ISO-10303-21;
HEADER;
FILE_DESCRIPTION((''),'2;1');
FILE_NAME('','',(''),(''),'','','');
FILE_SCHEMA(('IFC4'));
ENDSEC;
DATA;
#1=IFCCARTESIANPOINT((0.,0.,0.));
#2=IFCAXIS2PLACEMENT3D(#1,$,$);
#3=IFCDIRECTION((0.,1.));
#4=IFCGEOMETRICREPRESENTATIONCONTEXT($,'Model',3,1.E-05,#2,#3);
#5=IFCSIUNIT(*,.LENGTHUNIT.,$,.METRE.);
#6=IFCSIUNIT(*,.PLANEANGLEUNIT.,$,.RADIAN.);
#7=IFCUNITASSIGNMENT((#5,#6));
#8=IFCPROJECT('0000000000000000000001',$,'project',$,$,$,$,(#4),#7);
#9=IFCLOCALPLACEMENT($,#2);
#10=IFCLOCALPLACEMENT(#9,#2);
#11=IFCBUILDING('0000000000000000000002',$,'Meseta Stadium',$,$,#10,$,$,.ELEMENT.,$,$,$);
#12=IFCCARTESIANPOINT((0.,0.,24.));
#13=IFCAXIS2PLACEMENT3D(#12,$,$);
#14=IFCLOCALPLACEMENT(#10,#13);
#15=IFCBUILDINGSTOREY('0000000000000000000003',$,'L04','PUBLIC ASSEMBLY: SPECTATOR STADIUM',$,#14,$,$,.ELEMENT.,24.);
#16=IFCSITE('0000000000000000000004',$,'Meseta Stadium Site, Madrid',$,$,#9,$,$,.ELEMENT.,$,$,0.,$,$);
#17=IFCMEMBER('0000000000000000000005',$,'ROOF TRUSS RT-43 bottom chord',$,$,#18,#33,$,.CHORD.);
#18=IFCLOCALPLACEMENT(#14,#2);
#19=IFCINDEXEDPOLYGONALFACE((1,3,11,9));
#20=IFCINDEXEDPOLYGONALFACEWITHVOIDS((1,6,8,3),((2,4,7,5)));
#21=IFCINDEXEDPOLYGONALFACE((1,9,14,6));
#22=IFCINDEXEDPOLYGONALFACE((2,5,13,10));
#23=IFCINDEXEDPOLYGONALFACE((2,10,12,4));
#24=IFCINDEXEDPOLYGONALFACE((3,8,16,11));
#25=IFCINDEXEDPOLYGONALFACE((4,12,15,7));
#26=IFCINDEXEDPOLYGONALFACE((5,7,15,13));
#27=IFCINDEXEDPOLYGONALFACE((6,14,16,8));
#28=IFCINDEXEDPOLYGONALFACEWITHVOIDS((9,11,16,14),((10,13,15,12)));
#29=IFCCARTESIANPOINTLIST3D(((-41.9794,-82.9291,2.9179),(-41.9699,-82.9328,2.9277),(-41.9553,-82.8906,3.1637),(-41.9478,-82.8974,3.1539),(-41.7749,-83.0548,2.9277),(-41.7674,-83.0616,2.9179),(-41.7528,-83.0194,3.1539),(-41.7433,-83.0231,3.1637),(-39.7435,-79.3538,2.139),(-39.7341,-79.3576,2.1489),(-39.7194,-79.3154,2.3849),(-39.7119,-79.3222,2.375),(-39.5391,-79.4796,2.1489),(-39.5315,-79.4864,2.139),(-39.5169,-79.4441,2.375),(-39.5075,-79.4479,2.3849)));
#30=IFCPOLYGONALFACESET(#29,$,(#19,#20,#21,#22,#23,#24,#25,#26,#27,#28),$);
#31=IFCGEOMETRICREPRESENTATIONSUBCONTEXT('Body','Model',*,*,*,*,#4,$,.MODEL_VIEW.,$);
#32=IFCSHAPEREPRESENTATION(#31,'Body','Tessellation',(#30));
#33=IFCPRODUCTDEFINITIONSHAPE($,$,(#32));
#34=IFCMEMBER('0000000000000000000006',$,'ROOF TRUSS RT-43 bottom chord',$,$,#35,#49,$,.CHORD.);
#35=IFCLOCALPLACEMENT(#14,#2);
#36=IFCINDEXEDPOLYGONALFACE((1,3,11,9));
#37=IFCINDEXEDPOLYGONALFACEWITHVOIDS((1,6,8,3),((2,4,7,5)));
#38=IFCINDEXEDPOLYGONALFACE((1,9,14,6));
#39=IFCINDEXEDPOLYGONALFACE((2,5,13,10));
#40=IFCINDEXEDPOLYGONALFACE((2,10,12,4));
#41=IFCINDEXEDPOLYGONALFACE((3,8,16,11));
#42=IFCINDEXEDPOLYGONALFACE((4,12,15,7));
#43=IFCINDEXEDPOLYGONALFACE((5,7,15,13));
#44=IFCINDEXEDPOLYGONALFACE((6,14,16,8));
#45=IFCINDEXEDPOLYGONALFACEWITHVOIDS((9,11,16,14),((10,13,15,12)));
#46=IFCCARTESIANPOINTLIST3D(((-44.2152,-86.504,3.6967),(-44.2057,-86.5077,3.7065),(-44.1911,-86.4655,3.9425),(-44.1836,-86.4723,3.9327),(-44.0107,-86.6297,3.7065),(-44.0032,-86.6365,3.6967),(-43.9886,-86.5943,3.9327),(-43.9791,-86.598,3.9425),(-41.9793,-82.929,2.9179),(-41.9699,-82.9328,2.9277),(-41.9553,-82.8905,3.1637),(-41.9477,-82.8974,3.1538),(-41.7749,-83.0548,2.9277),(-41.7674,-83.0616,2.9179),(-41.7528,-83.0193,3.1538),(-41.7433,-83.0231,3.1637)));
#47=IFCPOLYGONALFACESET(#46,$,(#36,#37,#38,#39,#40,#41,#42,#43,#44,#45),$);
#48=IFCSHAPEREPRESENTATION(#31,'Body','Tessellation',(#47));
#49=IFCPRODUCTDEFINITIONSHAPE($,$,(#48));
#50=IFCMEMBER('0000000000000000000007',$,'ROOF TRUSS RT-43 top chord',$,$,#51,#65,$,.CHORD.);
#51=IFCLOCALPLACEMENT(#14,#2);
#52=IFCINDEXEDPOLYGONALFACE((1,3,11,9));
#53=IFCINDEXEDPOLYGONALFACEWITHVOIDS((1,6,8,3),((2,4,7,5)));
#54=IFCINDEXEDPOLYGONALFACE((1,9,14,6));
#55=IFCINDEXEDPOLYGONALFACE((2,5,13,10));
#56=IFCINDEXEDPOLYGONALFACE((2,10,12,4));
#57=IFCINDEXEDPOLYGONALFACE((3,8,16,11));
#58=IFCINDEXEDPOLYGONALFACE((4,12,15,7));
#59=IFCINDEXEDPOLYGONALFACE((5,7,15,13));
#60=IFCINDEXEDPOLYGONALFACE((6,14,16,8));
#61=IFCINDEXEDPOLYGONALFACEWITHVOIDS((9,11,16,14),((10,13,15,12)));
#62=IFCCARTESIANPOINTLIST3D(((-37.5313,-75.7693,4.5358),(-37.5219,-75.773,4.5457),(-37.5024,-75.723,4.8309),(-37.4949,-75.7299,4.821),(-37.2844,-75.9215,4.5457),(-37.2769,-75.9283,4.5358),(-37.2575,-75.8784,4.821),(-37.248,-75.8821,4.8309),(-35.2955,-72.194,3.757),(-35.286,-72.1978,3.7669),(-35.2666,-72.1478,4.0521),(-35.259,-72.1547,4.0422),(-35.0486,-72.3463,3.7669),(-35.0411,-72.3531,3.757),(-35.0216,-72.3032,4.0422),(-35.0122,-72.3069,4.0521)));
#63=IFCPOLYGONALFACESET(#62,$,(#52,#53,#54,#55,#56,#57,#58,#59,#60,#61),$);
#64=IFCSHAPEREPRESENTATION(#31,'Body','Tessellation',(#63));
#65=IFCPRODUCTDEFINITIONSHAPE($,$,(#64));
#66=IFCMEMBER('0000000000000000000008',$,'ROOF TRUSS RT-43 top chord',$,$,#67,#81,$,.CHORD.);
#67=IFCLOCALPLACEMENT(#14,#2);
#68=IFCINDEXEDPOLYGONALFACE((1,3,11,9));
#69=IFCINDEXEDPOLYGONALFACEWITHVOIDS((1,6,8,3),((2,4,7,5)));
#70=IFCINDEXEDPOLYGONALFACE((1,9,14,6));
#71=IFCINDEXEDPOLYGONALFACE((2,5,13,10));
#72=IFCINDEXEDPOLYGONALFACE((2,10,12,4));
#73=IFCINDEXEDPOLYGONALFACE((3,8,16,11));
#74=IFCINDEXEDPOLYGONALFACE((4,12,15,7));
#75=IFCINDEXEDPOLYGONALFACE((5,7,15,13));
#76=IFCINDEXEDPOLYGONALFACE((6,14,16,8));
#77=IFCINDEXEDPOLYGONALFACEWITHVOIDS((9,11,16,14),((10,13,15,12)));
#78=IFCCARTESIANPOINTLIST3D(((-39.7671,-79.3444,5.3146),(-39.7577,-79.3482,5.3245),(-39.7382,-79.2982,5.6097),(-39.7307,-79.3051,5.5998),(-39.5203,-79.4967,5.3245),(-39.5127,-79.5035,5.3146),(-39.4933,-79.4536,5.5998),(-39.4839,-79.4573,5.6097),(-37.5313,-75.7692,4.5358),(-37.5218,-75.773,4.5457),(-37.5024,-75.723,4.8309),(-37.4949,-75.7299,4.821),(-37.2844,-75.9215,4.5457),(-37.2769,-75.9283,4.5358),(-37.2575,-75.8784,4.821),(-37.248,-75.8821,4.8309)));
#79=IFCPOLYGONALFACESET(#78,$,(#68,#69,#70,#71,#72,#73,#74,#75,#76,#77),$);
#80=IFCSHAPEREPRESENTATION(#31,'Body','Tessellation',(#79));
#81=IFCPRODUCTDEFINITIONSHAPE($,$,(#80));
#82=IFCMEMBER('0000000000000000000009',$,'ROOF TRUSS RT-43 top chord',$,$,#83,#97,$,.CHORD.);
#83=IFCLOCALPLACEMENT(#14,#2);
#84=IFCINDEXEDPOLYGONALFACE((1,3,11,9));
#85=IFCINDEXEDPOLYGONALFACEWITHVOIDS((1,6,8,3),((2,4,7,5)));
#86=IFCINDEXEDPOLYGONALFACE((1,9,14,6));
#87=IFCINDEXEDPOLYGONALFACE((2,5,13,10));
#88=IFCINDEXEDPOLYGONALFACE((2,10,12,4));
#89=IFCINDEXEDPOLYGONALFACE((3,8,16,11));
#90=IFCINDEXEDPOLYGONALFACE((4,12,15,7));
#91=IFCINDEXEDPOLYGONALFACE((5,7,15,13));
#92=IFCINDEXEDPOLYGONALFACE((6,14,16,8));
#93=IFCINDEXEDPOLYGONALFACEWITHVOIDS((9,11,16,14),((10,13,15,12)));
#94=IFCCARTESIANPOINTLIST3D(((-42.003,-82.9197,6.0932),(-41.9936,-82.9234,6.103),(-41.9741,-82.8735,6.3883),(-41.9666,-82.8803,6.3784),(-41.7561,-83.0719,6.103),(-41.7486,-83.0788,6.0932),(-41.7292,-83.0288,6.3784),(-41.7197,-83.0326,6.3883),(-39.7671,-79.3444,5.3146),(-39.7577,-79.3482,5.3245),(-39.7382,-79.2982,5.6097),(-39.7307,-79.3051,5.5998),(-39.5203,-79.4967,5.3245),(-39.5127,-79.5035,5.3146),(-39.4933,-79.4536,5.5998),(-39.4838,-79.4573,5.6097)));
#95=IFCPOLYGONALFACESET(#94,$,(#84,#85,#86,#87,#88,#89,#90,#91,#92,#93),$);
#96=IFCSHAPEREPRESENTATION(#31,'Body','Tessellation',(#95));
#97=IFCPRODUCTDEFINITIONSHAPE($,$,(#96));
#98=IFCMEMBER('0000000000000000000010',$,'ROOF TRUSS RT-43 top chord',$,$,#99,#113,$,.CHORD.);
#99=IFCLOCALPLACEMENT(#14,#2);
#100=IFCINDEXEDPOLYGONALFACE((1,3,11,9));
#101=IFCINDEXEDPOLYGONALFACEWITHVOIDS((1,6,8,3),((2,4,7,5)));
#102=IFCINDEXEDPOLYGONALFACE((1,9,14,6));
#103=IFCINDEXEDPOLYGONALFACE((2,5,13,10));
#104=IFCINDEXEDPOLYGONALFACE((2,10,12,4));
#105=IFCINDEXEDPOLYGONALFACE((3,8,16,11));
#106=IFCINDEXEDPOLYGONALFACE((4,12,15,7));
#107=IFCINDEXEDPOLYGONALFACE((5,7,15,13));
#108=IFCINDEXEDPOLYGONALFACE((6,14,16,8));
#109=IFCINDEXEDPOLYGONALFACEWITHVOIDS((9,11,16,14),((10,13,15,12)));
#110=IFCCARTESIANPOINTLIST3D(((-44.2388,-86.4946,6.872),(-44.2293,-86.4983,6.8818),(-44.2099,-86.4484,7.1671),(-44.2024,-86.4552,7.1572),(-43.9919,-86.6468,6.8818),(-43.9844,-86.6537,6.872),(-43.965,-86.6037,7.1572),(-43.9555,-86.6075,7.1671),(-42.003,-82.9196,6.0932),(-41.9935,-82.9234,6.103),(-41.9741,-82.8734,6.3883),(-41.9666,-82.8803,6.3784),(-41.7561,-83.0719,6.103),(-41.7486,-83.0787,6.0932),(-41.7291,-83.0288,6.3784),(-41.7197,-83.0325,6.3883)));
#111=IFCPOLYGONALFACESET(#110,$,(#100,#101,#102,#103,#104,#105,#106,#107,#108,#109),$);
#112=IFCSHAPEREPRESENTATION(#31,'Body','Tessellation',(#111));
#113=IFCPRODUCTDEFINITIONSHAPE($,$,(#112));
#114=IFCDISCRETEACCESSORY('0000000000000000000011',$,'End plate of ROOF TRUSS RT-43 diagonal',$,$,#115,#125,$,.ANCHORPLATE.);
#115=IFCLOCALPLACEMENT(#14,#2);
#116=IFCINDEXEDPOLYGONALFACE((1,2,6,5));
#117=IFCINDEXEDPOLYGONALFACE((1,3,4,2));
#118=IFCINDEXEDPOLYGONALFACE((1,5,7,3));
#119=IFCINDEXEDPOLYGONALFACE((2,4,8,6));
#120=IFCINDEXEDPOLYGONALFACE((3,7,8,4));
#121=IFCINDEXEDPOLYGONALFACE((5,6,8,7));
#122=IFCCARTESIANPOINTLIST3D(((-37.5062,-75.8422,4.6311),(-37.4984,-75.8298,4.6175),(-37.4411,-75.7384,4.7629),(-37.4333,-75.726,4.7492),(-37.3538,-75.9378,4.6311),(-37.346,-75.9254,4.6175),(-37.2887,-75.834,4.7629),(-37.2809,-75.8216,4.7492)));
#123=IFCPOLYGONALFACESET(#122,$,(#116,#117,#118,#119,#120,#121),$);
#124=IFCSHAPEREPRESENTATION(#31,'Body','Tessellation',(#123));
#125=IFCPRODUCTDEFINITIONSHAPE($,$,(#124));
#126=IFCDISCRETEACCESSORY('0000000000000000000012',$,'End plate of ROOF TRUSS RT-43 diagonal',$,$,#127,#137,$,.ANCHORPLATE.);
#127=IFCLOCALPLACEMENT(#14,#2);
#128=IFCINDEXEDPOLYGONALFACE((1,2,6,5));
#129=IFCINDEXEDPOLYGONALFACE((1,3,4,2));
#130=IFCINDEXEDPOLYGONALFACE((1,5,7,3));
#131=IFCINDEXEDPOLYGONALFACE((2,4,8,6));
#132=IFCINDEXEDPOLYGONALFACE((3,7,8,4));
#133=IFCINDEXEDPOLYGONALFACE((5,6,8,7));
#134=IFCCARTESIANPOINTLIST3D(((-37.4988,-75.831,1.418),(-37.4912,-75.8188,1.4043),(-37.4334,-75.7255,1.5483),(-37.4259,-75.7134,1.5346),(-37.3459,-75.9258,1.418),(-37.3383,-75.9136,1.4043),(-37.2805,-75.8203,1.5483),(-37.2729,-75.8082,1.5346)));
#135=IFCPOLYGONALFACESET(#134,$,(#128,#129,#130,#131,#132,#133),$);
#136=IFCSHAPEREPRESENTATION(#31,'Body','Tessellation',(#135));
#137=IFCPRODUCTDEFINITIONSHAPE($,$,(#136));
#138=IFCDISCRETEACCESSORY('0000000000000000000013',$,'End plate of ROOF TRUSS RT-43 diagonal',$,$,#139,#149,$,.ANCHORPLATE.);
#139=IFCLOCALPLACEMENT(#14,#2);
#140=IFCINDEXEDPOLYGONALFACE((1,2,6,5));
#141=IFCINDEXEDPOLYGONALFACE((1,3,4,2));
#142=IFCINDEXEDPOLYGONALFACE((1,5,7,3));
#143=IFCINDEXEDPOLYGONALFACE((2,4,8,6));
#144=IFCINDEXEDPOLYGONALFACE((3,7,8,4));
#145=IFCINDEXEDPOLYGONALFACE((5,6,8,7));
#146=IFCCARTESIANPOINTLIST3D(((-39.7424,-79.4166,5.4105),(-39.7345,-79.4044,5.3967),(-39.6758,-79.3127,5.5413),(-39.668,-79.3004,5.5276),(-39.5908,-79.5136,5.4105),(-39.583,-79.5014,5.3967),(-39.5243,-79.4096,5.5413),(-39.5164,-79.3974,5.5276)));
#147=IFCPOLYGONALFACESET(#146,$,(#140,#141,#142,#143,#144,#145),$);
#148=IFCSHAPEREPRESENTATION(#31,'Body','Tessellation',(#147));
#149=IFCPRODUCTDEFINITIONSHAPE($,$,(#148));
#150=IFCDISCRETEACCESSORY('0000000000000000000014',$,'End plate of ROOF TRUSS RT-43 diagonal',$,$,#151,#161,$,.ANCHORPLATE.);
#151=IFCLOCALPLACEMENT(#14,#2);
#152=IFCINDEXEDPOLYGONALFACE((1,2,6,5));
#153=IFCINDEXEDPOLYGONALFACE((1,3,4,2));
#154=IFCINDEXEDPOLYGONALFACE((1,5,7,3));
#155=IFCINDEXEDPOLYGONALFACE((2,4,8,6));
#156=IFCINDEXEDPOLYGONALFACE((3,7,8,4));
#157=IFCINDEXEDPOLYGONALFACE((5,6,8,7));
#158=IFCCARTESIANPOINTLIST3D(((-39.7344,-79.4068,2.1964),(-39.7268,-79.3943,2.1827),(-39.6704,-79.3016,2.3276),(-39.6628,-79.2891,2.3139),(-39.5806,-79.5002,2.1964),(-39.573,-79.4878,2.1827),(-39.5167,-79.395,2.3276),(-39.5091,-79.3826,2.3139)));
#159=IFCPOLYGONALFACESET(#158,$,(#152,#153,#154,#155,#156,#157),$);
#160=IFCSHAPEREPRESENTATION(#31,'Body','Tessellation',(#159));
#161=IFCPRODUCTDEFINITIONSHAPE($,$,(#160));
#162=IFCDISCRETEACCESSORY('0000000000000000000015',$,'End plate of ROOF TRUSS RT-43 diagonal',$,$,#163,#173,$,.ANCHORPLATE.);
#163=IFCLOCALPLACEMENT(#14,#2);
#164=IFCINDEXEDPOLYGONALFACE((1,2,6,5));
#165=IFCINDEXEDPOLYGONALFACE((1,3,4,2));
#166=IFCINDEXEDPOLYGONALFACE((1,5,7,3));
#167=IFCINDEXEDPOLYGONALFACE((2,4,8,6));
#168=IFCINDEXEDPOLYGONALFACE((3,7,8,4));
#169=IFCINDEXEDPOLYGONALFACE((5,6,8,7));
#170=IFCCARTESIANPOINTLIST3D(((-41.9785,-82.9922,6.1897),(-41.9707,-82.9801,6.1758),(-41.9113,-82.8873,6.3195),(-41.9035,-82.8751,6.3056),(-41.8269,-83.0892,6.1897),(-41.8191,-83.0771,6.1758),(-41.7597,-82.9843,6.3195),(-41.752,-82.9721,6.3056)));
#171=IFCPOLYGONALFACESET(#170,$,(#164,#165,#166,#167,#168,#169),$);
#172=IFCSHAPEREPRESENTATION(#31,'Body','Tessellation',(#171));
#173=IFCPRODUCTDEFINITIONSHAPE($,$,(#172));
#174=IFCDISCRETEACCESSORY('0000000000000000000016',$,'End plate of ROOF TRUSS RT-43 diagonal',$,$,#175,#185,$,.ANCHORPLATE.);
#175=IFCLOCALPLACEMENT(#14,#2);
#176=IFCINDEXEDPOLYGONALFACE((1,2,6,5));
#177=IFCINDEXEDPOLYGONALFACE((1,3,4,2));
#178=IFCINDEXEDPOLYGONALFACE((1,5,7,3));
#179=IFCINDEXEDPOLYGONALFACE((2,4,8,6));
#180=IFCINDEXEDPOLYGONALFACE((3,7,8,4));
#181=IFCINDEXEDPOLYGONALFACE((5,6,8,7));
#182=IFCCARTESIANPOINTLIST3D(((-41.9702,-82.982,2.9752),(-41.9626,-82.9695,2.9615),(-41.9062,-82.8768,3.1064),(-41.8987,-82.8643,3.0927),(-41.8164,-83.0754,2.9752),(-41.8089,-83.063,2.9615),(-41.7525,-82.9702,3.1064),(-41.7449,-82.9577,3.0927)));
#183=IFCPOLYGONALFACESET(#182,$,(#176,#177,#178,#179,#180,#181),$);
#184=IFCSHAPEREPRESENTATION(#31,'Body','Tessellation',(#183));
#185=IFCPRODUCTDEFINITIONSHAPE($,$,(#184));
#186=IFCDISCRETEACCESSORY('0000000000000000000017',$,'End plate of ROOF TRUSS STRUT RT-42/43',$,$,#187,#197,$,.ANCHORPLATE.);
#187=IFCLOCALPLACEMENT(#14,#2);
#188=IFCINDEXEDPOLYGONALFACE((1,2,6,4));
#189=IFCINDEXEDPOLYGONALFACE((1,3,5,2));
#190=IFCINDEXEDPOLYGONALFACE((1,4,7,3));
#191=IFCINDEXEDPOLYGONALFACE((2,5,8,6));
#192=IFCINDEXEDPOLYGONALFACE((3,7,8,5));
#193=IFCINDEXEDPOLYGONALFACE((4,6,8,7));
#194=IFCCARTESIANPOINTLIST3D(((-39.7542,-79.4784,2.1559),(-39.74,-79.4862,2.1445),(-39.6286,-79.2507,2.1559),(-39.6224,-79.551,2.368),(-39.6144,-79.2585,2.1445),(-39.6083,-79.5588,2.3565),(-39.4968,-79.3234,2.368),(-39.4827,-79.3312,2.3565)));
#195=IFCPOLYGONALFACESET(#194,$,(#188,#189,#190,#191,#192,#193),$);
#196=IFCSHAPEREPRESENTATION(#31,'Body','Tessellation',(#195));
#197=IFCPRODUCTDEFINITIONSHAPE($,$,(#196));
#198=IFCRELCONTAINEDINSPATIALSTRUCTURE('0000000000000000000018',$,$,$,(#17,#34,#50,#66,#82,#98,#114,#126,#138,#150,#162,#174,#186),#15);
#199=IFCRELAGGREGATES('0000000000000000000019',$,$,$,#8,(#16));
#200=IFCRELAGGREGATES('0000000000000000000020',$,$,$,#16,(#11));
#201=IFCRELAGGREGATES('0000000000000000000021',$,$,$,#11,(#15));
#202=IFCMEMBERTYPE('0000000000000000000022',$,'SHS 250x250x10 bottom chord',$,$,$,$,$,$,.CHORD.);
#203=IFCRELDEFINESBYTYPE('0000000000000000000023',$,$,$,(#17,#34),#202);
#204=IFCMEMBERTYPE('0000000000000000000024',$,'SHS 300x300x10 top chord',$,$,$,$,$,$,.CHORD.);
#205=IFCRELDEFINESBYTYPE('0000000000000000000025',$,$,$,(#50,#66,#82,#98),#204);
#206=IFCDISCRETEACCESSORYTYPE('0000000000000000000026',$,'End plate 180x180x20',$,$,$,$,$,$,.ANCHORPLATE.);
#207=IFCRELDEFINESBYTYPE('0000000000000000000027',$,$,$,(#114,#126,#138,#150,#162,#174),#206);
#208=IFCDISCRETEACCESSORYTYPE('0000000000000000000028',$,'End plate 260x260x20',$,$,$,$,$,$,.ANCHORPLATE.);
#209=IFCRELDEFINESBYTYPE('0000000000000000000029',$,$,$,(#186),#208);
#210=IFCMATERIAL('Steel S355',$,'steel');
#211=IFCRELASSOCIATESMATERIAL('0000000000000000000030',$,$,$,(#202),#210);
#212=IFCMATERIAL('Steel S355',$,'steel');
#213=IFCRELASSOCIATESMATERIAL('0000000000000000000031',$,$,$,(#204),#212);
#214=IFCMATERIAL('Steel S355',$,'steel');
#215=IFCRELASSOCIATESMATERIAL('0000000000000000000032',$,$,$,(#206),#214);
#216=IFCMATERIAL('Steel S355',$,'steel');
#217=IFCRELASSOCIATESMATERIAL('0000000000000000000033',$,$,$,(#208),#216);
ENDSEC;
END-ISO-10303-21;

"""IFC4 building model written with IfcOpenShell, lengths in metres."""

from ifc_helpers import new_model, si_unit, direction, frame, origin, origin_2d, place, context, subcontext, project, spatial, rectangle, hollow_rectangle, extrude, material, material_profile, profile_set, type_object, element, save


model = new_model("IFC4")

# Units and contexts
model_context = context("Model", 3, precision=1e-05, world=origin(), true_north=direction((0.0, 1.0)))
body_context = subcontext(model_context, "Body", "Model", "MODEL_VIEW")
ifc_project = project(units=[si_unit("LENGTHUNIT", "METRE"), si_unit("PLANEANGLEUNIT", "RADIAN")], contexts=[model_context])

# Site, building, storey
site_placement = place(None, origin())
site = spatial("IfcSite", under=ifc_project, at=site_placement, Name="Meseta Stadium Site, Madrid", CompositionType="ELEMENT", RefElevation=0.0)
building_placement = place(site_placement, origin())
building = spatial("IfcBuilding", under=site, at=building_placement, Name="Meseta Stadium", CompositionType="ELEMENT")
storey_placement = place(building_placement, frame((0.0, 0.0, 24.0)))
storey = spatial("IfcBuildingStorey", under=building, at=storey_placement, Name="L04", Description="PUBLIC ASSEMBLY: SPECTATOR STADIUM", CompositionType="ELEMENT", Elevation=24.0)

# Members
ifc_material_1 = material(Name="Steel S355", Category="steel")
ifc_material_profile_1 = material_profile(ifc_material_1, hollow_rectangle(XDim=0.25, YDim=0.25, WallThickness=0.01, at=origin_2d()), Name="SHS 250x250x10")
ifc_profile_set_1 = profile_set([ifc_material_profile_1], Name="Steel S355")
member_type_1 = type_object("IfcMemberType", Name="SHS 250x250x10 bottom chord", PredefinedType="CHORD", material=ifc_profile_set_1)
for number, where, z_axis, x_axis, name in (
    (1, (-39.6255, -79.4009, 2.262), (-0.521409, -0.833754, 0.181622), (0.847855, -0.530228, 0.0), "ROOF TRUSS RT-43 bottom chord"),
):
    element("IfcMember", number, at=place(storey_placement, frame(where, z_axis=z_axis, x_axis=x_axis)), inside=storey, type_object=member_type_1, Name=name, PredefinedType="CHORD", context=body_context, shape_type="SweptSolid", body=[
        extrude(hollow_rectangle(XDim=0.25, YDim=0.25, WallThickness=0.01, at=origin_2d()), origin(), (0.0, 0.0, 1.0), 4.2881),
    ])
member_1_placement = place(storey_placement, frame((-41.8613, -82.9761, 3.0408), z_axis=(-0.521434, -0.833737, 0.181631), x_axis=(0.847839, -0.530254, 0.0)))
element("IfcMember", 2, at=member_1_placement, inside=storey, type_object=member_type_1, Name="ROOF TRUSS RT-43 bottom chord", PredefinedType="CHORD", context=body_context, shape_type="SweptSolid", body=[
    extrude(hollow_rectangle(XDim=0.25, YDim=0.25, WallThickness=0.01, at=origin_2d()), origin(), (0.0, 0.0, 1.0), 4.2878),
])
ifc_material_2 = material(Name="Steel S355", Category="steel")
ifc_material_profile_2 = material_profile(ifc_material_2, hollow_rectangle(XDim=0.3, YDim=0.3, WallThickness=0.01, at=origin_2d()), Name="SHS 300x300x10")
ifc_profile_set_2 = profile_set([ifc_material_profile_2], Name="Steel S355")
member_type_2 = type_object("IfcMemberType", Name="SHS 300x300x10 top chord", PredefinedType="CHORD", material=ifc_profile_set_2)
for number, where, z_axis, x_axis, name in (
    (3, (-35.1538, -72.2505, 3.9045), (-0.521409, -0.833754, 0.181622), (0.847855, -0.530228, 0.0), "ROOF TRUSS RT-43 top chord"),
    (4, (-37.3896, -75.8257, 4.6833), (-0.521409, -0.833754, 0.181622), (0.847855, -0.530228, 0.0), "ROOF TRUSS RT-43 top chord"),
    (5, (-39.6255, -79.4009, 5.4622), (-0.521415, -0.833763, 0.181567), (0.847855, -0.530228, 0.0), "ROOF TRUSS RT-43 top chord"),
):
    element("IfcMember", number, at=place(storey_placement, frame(where, z_axis=z_axis, x_axis=x_axis)), inside=storey, type_object=member_type_2, Name=name, PredefinedType="CHORD", context=body_context, shape_type="SweptSolid", body=[
        extrude(hollow_rectangle(XDim=0.3, YDim=0.3, WallThickness=0.01, at=origin_2d()), origin(), (0.0, 0.0, 1.0), 4.2881),
    ])
member_2_placement = place(storey_placement, frame((-41.8613, -82.9761, 6.2407), z_axis=(-0.521434, -0.833737, 0.181631), x_axis=(0.847839, -0.530254, 0.0)))
element("IfcMember", 6, at=member_2_placement, inside=storey, type_object=member_type_2, Name="ROOF TRUSS RT-43 top chord", PredefinedType="CHORD", context=body_context, shape_type="SweptSolid", body=[
    extrude(hollow_rectangle(XDim=0.3, YDim=0.3, WallThickness=0.01, at=origin_2d()), origin(), (0.0, 0.0, 1.0), 4.2878),
])

# Discrete accessories
ifc_material_3 = material(Name="Steel S355", Category="steel")
ifc_material_profile_3 = material_profile(ifc_material_3, rectangle(XDim=0.1799, YDim=0.1799, at=origin_2d()), Name="PL 180x180")
ifc_profile_set_3 = profile_set([ifc_material_profile_3], Name="Steel S355")
discrete_accessory_type_1 = type_object("IfcDiscreteAccessoryType", Name="End plate 180x180x20", PredefinedType="ANCHORPLATE", material=ifc_profile_set_3)
discrete_accessory_1_placement = place(storey_placement, frame((-37.3896, -75.8257, 4.6833), z_axis=(-0.389175, -0.620247, 0.681056), x_axis=(0.847064, -0.531491, 0.0)))
element("IfcDiscreteAccessory", 7, at=discrete_accessory_1_placement, inside=storey, type_object=discrete_accessory_type_1, Name="End plate of ROOF TRUSS RT-43 diagonal", PredefinedType="ANCHORPLATE", context=body_context, shape_type="SweptSolid", body=[
    extrude(rectangle(XDim=0.1799, YDim=0.1799, at=origin_2d()), origin(), (0.0, 0.0, 1.0), 0.02),
])
discrete_accessory_2_placement = place(storey_placement, frame((-37.3821, -75.8135, 1.4695), z_axis=(-0.38167, -0.615597, 0.689469), x_axis=(0.849903, -0.52694, 0.0)))
element("IfcDiscreteAccessory", 8, at=discrete_accessory_2_placement, inside=storey, type_object=discrete_accessory_type_1, Name="End plate of ROOF TRUSS RT-43 diagonal", PredefinedType="ANCHORPLATE", context=body_context, shape_type="SweptSolid", body=[
    extrude(rectangle(XDim=0.1799, YDim=0.1799, at=origin_2d()), origin(), (0.0, 0.0, 1.0), 0.0198),
])
for number, where, z_axis, x_axis, name in (
    (9, (-39.6255, -79.4009, 5.4622), (-0.392114, -0.612679, 0.6862), (0.842271, -0.539054, 0.0), "End plate of ROOF TRUSS RT-43 diagonal"),
    (10, (-39.6179, -79.3884, 2.2483), (-0.378782, -0.623157, 0.684251), (0.854522, -0.519415, 0.0), "End plate of ROOF TRUSS RT-43 diagonal"),
    (11, (-41.8613, -82.9761, 6.2407), (-0.38883, -0.607546, 0.692603), (0.842271, -0.539054, 0.0), "End plate of ROOF TRUSS RT-43 diagonal"),
    (12, (-41.8538, -82.9636, 3.0271), (-0.378782, -0.623157, 0.684251), (0.854522, -0.519415, 0.0), "End plate of ROOF TRUSS RT-43 diagonal"),
):
    element("IfcDiscreteAccessory", number, at=place(storey_placement, frame(where, z_axis=z_axis, x_axis=x_axis)), inside=storey, type_object=discrete_accessory_type_1, Name=name, PredefinedType="ANCHORPLATE", context=body_context, shape_type="SweptSolid", body=[
        extrude(rectangle(XDim=0.1799, YDim=0.1799, at=origin_2d()), origin(), (0.0, 0.0, 1.0), 0.02),
    ])
ifc_material_4 = material(Name="Steel S355", Category="steel")
ifc_material_profile_4 = material_profile(ifc_material_4, rectangle(XDim=0.26, YDim=0.26, at=origin_2d()), Name="PL 260x260")
ifc_profile_set_4 = profile_set([ifc_material_profile_4], Name="Steel S355")
discrete_accessory_type_2 = type_object("IfcDiscreteAccessoryType", Name="End plate 260x260x20", PredefinedType="ANCHORPLATE", material=ifc_profile_set_4)
discrete_accessory_3_placement = place(storey_placement, frame((-39.6255, -79.4009, 2.262), z_axis=(0.714093, -0.393982, -0.578662), x_axis=(0.483077, 0.875578, 0.0)))
element("IfcDiscreteAccessory", 13, at=discrete_accessory_3_placement, inside=storey, type_object=discrete_accessory_type_2, Name="End plate of ROOF TRUSS STRUT RT-42/43", PredefinedType="ANCHORPLATE", context=body_context, shape_type="SweptSolid", body=[
    extrude(rectangle(XDim=0.26, YDim=0.26, at=origin_2d()), origin(), (0.0, 0.0, 1.0), 0.0198),
])

save(model, "model.ifc")
